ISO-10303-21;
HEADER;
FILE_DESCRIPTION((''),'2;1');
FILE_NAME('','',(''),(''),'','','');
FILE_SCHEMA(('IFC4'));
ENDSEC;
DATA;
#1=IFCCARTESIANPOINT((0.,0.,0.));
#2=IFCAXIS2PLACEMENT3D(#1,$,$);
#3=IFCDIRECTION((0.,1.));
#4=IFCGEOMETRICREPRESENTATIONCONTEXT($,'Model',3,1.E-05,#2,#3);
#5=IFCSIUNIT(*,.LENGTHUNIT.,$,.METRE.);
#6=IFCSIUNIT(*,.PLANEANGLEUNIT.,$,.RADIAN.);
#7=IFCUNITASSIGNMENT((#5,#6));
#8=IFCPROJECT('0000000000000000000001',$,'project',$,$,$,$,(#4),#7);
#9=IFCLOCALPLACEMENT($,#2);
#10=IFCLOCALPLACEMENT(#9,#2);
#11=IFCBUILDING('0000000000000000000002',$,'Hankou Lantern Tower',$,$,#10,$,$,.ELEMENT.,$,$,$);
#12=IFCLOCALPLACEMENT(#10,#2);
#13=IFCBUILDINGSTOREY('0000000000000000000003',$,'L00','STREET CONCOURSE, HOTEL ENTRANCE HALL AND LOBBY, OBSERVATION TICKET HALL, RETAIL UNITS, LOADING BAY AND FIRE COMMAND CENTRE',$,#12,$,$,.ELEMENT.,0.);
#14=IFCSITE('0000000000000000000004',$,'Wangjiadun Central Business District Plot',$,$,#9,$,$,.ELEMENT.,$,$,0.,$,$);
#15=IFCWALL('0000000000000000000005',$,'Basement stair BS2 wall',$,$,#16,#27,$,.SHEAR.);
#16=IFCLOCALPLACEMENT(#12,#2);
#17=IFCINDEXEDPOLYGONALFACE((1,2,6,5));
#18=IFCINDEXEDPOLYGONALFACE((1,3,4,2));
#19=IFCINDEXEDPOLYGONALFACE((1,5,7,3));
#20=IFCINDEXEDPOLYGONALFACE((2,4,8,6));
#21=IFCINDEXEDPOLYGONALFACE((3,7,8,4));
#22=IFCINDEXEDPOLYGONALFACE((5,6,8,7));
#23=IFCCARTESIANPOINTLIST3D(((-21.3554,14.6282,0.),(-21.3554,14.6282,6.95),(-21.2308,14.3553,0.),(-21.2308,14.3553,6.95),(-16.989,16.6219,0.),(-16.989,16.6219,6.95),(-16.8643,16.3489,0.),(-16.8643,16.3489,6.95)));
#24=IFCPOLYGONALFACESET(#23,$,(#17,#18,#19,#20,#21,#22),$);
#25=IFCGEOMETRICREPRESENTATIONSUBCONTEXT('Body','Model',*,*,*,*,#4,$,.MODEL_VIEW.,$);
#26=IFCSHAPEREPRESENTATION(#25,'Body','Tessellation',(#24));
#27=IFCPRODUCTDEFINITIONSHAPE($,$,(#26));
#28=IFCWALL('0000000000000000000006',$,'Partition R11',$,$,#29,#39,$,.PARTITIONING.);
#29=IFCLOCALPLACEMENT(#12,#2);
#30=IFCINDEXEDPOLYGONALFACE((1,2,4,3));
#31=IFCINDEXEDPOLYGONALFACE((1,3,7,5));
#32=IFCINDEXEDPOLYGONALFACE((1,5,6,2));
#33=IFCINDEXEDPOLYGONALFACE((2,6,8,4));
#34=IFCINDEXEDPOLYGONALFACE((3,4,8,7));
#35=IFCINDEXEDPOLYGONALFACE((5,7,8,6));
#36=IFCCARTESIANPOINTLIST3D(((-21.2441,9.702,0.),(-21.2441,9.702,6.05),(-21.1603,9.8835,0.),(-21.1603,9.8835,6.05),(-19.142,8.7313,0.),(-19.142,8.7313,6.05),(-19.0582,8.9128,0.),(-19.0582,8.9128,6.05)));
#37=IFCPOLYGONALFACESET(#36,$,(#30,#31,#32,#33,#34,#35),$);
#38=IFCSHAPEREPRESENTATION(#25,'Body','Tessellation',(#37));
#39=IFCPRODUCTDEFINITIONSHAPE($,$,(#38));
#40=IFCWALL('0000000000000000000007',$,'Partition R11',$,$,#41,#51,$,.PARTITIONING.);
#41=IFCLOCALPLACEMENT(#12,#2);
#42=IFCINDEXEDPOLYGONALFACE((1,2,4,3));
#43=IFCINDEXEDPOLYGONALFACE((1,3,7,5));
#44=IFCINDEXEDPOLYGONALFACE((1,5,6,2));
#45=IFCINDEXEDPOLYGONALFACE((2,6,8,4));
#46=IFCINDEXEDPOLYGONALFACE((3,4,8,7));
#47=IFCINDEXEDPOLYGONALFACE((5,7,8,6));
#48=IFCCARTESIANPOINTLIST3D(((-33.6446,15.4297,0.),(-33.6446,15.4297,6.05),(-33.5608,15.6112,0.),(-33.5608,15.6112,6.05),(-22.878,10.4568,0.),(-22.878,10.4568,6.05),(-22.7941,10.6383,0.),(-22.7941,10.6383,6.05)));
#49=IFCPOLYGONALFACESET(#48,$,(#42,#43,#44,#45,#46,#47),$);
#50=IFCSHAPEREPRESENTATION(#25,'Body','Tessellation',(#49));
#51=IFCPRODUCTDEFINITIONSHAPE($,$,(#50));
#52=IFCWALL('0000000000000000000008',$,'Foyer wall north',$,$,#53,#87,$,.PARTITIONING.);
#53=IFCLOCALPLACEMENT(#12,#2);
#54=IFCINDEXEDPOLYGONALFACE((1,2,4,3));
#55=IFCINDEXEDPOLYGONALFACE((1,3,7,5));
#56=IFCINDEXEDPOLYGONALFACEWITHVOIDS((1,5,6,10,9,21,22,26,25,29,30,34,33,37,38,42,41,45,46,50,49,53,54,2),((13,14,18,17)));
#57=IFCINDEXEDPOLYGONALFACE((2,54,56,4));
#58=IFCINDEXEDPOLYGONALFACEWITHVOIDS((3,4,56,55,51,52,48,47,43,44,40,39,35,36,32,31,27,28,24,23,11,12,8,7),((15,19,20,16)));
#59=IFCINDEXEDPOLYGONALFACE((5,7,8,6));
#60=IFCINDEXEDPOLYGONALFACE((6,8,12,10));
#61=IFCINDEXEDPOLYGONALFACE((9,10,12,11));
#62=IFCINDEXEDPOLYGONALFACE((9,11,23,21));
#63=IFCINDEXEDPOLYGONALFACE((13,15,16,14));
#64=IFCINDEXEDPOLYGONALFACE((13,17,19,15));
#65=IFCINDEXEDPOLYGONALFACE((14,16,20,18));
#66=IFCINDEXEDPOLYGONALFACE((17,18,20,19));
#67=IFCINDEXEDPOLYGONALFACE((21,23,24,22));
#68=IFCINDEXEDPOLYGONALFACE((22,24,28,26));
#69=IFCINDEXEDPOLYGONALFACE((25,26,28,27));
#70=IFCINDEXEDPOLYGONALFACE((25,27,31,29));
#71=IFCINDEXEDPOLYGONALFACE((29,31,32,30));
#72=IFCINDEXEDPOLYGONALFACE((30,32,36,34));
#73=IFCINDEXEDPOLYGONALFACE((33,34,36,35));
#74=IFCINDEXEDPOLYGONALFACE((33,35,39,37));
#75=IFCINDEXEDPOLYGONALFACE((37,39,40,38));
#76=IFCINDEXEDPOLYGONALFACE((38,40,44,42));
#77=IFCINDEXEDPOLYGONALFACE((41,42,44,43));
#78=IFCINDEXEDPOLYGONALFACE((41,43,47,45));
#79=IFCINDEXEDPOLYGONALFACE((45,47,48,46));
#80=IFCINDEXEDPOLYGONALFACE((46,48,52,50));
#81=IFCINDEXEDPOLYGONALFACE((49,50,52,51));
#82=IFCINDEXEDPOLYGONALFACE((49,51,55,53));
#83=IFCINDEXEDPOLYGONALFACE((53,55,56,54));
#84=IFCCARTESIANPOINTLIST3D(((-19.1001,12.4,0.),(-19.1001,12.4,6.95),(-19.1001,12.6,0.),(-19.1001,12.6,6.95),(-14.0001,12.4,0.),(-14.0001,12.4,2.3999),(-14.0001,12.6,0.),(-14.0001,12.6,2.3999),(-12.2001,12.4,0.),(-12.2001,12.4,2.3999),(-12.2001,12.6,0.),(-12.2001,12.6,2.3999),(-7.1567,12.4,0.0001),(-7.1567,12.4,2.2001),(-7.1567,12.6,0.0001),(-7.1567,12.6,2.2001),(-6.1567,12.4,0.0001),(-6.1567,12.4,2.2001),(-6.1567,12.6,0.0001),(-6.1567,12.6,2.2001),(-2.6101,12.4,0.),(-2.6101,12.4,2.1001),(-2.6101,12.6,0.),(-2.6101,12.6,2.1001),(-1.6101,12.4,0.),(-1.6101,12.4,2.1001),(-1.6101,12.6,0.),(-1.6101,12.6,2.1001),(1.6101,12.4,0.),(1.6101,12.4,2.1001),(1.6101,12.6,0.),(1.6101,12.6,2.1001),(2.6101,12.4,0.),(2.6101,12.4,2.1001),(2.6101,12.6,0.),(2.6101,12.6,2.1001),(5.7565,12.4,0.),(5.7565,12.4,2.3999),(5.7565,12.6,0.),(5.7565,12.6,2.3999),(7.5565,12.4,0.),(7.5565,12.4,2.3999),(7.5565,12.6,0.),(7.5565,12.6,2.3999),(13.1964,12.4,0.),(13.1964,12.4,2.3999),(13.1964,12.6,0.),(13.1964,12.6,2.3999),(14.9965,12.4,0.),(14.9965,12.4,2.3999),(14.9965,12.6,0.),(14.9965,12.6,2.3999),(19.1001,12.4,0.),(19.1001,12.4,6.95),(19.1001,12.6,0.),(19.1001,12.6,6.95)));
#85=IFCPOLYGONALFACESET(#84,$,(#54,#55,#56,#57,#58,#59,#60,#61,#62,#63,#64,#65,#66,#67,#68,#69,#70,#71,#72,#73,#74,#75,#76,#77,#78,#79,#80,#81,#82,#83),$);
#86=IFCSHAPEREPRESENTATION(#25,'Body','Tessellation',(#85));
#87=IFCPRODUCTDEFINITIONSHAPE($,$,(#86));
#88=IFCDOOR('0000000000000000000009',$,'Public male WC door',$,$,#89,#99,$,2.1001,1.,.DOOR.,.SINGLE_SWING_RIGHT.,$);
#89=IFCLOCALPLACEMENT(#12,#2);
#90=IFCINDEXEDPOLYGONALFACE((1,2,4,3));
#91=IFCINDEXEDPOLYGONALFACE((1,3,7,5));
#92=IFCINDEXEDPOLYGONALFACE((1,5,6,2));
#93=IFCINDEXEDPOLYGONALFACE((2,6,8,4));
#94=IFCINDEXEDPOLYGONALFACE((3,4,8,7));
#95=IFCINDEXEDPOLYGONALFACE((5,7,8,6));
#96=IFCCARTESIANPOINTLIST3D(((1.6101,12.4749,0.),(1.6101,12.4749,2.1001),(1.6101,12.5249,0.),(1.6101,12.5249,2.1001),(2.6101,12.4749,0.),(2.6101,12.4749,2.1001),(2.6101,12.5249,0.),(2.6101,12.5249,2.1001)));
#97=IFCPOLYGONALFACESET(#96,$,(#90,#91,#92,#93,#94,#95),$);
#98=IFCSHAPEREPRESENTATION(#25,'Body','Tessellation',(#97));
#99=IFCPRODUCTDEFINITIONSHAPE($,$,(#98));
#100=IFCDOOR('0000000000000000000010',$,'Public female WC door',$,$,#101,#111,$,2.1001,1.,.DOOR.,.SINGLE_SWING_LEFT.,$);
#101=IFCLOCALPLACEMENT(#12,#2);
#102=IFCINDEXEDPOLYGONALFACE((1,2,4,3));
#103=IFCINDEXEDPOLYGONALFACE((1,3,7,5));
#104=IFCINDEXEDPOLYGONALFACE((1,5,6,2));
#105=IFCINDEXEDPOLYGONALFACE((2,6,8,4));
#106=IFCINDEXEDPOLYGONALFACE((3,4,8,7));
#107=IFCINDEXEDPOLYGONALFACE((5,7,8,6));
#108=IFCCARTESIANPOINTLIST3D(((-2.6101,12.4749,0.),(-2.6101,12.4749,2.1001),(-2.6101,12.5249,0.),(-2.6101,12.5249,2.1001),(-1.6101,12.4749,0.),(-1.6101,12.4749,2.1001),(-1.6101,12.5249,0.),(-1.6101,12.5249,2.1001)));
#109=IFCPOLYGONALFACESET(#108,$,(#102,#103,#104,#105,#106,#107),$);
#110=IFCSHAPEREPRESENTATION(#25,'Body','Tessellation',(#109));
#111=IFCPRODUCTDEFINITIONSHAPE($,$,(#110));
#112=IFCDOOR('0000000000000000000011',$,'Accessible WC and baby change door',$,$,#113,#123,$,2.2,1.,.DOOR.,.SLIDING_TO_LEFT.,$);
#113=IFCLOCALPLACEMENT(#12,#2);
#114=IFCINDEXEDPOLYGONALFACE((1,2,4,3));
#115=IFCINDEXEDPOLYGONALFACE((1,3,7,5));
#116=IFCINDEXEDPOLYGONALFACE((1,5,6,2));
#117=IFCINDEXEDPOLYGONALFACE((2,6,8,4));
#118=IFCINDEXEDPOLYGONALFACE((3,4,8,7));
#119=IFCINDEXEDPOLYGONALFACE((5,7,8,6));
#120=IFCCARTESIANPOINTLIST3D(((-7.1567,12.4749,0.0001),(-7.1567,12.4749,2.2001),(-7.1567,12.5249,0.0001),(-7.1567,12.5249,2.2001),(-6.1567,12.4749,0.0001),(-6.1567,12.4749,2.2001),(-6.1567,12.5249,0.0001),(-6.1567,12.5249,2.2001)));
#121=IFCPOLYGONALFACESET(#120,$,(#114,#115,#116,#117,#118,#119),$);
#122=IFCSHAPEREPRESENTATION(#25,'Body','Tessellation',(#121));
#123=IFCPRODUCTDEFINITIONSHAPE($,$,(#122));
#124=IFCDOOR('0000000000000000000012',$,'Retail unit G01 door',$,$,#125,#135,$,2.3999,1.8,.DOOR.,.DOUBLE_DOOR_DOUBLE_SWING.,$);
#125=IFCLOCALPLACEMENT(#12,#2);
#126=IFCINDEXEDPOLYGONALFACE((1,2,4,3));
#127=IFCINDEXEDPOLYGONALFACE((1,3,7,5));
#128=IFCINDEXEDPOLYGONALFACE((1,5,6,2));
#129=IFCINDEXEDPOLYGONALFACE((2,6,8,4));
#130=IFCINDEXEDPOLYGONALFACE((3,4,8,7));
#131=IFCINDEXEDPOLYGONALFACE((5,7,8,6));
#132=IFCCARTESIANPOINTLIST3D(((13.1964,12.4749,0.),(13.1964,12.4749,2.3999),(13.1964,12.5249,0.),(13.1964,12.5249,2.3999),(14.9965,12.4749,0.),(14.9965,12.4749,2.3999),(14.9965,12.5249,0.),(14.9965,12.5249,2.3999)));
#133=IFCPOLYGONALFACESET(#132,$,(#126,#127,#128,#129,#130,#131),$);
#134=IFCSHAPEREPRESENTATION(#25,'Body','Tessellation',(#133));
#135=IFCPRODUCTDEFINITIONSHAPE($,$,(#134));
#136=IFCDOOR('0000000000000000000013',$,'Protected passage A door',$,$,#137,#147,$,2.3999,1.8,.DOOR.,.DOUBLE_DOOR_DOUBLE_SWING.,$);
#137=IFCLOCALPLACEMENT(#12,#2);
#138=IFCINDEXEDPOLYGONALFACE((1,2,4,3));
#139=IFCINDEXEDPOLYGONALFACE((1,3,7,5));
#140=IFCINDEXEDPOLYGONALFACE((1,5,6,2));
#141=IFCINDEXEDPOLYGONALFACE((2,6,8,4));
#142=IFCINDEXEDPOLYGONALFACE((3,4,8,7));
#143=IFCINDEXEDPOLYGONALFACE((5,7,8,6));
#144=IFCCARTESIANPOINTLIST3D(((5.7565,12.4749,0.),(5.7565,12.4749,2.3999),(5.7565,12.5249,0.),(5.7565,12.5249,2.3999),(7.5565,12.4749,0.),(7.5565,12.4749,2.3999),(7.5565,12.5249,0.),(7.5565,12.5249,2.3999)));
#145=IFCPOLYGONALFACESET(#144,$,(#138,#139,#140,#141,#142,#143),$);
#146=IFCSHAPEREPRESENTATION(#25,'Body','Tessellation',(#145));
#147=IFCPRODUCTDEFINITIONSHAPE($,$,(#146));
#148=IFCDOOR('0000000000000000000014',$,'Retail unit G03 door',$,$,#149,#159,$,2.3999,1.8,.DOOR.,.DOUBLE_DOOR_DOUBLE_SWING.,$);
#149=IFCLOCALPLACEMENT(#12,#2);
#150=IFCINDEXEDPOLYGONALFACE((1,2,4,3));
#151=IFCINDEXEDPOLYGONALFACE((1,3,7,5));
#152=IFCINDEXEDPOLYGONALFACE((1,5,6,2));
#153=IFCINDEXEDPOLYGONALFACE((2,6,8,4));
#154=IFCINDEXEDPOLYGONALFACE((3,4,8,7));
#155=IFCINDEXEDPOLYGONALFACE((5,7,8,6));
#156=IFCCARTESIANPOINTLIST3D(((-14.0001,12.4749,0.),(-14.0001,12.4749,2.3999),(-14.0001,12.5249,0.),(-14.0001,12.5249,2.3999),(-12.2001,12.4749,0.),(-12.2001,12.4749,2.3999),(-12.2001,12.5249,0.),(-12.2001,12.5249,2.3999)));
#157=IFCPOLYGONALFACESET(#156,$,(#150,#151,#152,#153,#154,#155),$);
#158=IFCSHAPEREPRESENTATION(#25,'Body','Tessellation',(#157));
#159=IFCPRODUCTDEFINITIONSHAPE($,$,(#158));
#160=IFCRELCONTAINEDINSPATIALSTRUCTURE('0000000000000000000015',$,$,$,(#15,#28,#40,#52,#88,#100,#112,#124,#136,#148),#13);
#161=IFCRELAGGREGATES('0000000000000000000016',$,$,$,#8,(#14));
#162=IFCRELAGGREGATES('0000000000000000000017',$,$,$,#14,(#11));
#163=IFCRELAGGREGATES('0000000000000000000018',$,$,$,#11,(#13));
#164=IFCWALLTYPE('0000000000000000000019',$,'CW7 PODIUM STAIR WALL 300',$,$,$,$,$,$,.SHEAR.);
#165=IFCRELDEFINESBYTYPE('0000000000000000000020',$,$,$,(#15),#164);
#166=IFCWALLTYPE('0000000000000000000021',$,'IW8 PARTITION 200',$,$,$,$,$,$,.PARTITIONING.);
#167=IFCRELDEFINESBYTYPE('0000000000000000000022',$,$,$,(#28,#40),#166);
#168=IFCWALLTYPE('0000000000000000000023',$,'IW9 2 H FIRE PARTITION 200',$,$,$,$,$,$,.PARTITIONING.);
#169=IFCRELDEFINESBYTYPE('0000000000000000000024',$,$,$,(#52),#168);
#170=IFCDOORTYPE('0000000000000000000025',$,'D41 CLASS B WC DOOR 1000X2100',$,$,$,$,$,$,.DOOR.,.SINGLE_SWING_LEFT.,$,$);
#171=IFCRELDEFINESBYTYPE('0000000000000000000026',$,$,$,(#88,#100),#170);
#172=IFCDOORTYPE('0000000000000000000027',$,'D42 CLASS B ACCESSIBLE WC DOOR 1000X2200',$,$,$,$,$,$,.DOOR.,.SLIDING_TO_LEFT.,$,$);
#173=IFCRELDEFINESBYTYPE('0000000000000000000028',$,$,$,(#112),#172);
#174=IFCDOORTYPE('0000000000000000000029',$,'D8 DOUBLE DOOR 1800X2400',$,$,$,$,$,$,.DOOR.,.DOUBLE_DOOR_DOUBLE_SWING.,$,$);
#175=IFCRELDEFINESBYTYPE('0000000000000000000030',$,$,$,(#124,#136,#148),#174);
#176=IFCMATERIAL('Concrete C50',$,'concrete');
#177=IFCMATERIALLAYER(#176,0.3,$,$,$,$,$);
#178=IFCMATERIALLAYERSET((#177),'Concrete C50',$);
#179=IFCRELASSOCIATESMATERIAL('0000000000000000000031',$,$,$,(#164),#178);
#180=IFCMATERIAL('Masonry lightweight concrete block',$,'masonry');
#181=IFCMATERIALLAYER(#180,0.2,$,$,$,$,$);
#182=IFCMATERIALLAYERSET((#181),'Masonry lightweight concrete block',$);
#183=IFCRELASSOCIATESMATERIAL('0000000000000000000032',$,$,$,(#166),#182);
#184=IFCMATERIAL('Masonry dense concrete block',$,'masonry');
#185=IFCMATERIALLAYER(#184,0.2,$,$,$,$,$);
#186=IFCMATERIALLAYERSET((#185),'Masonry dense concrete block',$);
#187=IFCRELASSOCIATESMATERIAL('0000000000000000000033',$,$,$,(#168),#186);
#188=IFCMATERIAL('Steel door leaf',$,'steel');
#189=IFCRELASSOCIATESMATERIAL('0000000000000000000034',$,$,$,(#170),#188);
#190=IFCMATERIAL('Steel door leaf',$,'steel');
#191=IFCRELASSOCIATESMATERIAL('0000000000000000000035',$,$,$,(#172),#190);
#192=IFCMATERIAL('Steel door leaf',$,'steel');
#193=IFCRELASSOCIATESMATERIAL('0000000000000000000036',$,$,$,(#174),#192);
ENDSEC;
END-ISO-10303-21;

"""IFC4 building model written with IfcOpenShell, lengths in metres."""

from ifc_helpers import new_model, si_unit, direction, frame, frame_2d, origin, place, context, subcontext, project, spatial, rectangle, extrude, material, layer, layer_set, type_object, element, fill, save


model = new_model("IFC4")

# Units and contexts
model_context = context("Model", 3, precision=1e-05, world=origin(), true_north=direction((0.0, 1.0)))
body_context = subcontext(model_context, "Body", "Model", "MODEL_VIEW")
ifc_project = project(units=[si_unit("LENGTHUNIT", "METRE"), si_unit("PLANEANGLEUNIT", "RADIAN")], contexts=[model_context])

# Site, building, storey
site_placement = place(None, origin())
site = spatial("IfcSite", under=ifc_project, at=site_placement, Name="Wangjiadun Central Business District Plot", CompositionType="ELEMENT", RefElevation=0.0)
building_placement = place(site_placement, origin())
building = spatial("IfcBuilding", under=site, at=building_placement, Name="Hankou Lantern Tower", CompositionType="ELEMENT")
storey_placement = place(building_placement, origin())
storey = spatial("IfcBuildingStorey", under=building, at=storey_placement, Name="L00", Description="STREET CONCOURSE, HOTEL ENTRANCE HALL AND LOBBY, OBSERVATION TICKET HALL, RETAIL UNITS, LOADING BAY AND FIRE COMMAND CENTRE", CompositionType="ELEMENT", Elevation=0.0)

# Walls
ifc_material_1 = material(Name="Concrete C50", Category="concrete")
ifc_layer_1 = layer(ifc_material_1, 0.3)
ifc_layer_set_1 = layer_set([ifc_layer_1], Name="Concrete C50")
wall_type_1 = type_object("IfcWallType", Name="CW7 PODIUM STAIR WALL 300", PredefinedType="SHEAR", material=ifc_layer_set_1)
wall_1_placement = place(storey_placement, frame((-16.9268, 16.4854, 0.0), z_axis=(0.0, 0.0, 1.0), x_axis=(-0.909667, -0.415339, 0.0)))
element("IfcWall", 1, at=wall_1_placement, inside=storey, type_object=wall_type_1, Name="Basement stair BS2 wall", PredefinedType="SHEAR", context=body_context, shape_type="SweptSolid", body=[
    extrude(rectangle(XDim=4.8, YDim=0.3, at=frame_2d((2.3999, 0.0))), origin(), (0.0, 0.0, 1.0), 6.95),
])
ifc_material_2 = material(Name="Masonry lightweight concrete block", Category="masonry")
ifc_layer_2 = layer(ifc_material_2, 0.2)
ifc_layer_set_2 = layer_set([ifc_layer_2], Name="Masonry lightweight concrete block")
wall_type_2 = type_object("IfcWallType", Name="IW8 PARTITION 200", PredefinedType="PARTITIONING", material=ifc_layer_set_2)
wall_2_placement = place(storey_placement, frame((-19.1001, 8.822, 0.0), z_axis=(0.0, 0.0, 1.0), x_axis=(-0.907873, 0.419245, 0.0)))
element("IfcWall", 2, at=wall_2_placement, inside=storey, type_object=wall_type_2, Name="Partition R11", PredefinedType="PARTITIONING", context=body_context, shape_type="SweptSolid", body=[
    extrude(rectangle(XDim=2.3154, YDim=0.2, at=frame_2d((1.1577, 0.0))), origin(), (0.0, 0.0, 1.0), 6.05),
])
wall_3_placement = place(storey_placement, frame((-22.8362, 10.5476, 0.0), z_axis=(0.0, 0.0, 1.0), x_axis=(-0.907841, 0.419315, 0.0)))
element("IfcWall", 3, at=wall_3_placement, inside=storey, type_object=wall_type_2, Name="Partition R11", PredefinedType="PARTITIONING", context=body_context, shape_type="SweptSolid", body=[
    extrude(rectangle(XDim=11.8596, YDim=0.2, at=frame_2d((5.9297, 0.0))), origin(), (0.0, 0.0, 1.0), 6.05),
])

# Wall, openings, doors
ifc_material_3 = material(Name="Masonry dense concrete block", Category="masonry")
ifc_layer_3 = layer(ifc_material_3, 0.2)
ifc_layer_set_3 = layer_set([ifc_layer_3], Name="Masonry dense concrete block")
wall_type_3 = type_object("IfcWallType", Name="IW9 2 H FIRE PARTITION 200", PredefinedType="PARTITIONING", material=ifc_layer_set_3)
wall_4_placement = place(storey_placement, frame((-19.1001, 12.5, 0.0), z_axis=(0.0, 0.0, 1.0), x_axis=(1.0, 0.0, 0.0)))
wall_4 = element("IfcWall", 4, at=wall_4_placement, inside=storey, type_object=wall_type_3, Name="Foyer wall north", PredefinedType="PARTITIONING", context=body_context, shape_type="SweptSolid", body=[
    extrude(rectangle(XDim=38.2002, YDim=0.2, at=frame_2d((19.1001, 0.0))), origin(), (0.0, 0.0, 1.0), 6.95),
])
opening_1_placement = place(wall_4_placement, frame((32.2966, 0.0, 0.0)))
opening_1 = element("IfcOpeningElement", 5, at=opening_1_placement, cuts=wall_4, PredefinedType="OPENING", context=body_context, shape_type="SweptSolid", body=[
    extrude(rectangle(XDim=1.8, YDim=2.3999, at=frame_2d((0.8999, 1.2))), frame((0.0, 0.1099, 0.0), z_axis=(0.0, -1.0, 0.0), x_axis=(1.0, 0.0, 0.0)), (0.0, 0.0, 1.0), 0.22),
])
opening_2_placement = place(wall_4_placement, frame((24.8567, 0.0, 0.0)))
opening_2 = element("IfcOpeningElement", 6, at=opening_2_placement, cuts=wall_4, PredefinedType="OPENING", context=body_context, shape_type="SweptSolid", body=[
    extrude(rectangle(XDim=1.8, YDim=2.3999, at=frame_2d((0.8999, 1.2))), frame((0.0, 0.1099, 0.0), z_axis=(0.0, -1.0, 0.0), x_axis=(1.0, 0.0, 0.0)), (0.0, 0.0, 1.0), 0.22),
])
opening_3_placement = place(wall_4_placement, frame((20.7102, 0.0, 0.0)))
opening_3 = element("IfcOpeningElement", 7, at=opening_3_placement, cuts=wall_4, PredefinedType="OPENING", context=body_context, shape_type="SweptSolid", body=[
    extrude(rectangle(XDim=1.0, YDim=2.1001, at=frame_2d((0.5, 1.05))), frame((0.0, 0.1099, 0.0), z_axis=(0.0, -1.0, 0.0), x_axis=(1.0, 0.0, 0.0)), (0.0, 0.0, 1.0), 0.22),
])
opening_4_placement = place(wall_4_placement, frame((16.49, 0.0, 0.0)))
opening_4 = element("IfcOpeningElement", 8, at=opening_4_placement, cuts=wall_4, PredefinedType="OPENING", context=body_context, shape_type="SweptSolid", body=[
    extrude(rectangle(XDim=1.0, YDim=2.1001, at=frame_2d((0.5, 1.05))), frame((0.0, 0.1099, 0.0), z_axis=(0.0, -1.0, 0.0), x_axis=(1.0, 0.0, 0.0)), (0.0, 0.0, 1.0), 0.22),
])
opening_5_placement = place(wall_4_placement, frame((11.9434, 0.0, 0.0)))
opening_5 = element("IfcOpeningElement", 9, at=opening_5_placement, cuts=wall_4, PredefinedType="OPENING", context=body_context, shape_type="SweptSolid", body=[
    extrude(rectangle(XDim=1.0, YDim=2.2, at=frame_2d((0.5, 1.1001))), frame((0.0, 0.1099, 0.0), z_axis=(0.0, -1.0, 0.0), x_axis=(1.0, 0.0, 0.0)), (0.0, 0.0, 1.0), 0.22),
])
opening_6_placement = place(wall_4_placement, frame((5.1001, 0.0, 0.0)))
opening_6 = element("IfcOpeningElement", 10, at=opening_6_placement, cuts=wall_4, PredefinedType="OPENING", context=body_context, shape_type="SweptSolid", body=[
    extrude(rectangle(XDim=1.8, YDim=2.3999, at=frame_2d((0.8999, 1.2))), frame((0.0, 0.1099, 0.0), z_axis=(0.0, -1.0, 0.0), x_axis=(1.0, 0.0, 0.0)), (0.0, 0.0, 1.0), 0.22),
])
ifc_material_4 = material(Name="Steel door leaf", Category="steel")
door_type_1 = type_object("IfcDoorType", Name="D41 CLASS B WC DOOR 1000X2100", OperationType="SINGLE_SWING_LEFT", PredefinedType="DOOR", material=ifc_material_4)
door_1_placement = place(opening_3_placement, origin())
door_1 = element("IfcDoor", 11, at=door_1_placement, inside=storey, type_object=door_type_1, Name="Public male WC door", OperationType="SINGLE_SWING_RIGHT", OverallHeight=2.1001, OverallWidth=1.0, PredefinedType="DOOR", context=body_context, shape_type="SweptSolid", body=[
    extrude(rectangle(XDim=1.0, YDim=2.1001, at=frame_2d((0.5, 1.05))), frame((0.0, 0.0249, 0.0), z_axis=(0.0, -1.0, 0.0), x_axis=(1.0, 0.0, 0.0)), (0.0, 0.0, 1.0), 0.05),
])
fill(opening_3, door_1)
door_2_placement = place(opening_4_placement, origin())
door_2 = element("IfcDoor", 12, at=door_2_placement, inside=storey, type_object=door_type_1, Name="Public female WC door", OperationType="SINGLE_SWING_LEFT", OverallHeight=2.1001, OverallWidth=1.0, PredefinedType="DOOR", context=body_context, shape_type="SweptSolid", body=[
    extrude(rectangle(XDim=1.0, YDim=2.1001, at=frame_2d((0.5, 1.05))), frame((0.0, 0.0249, 0.0), z_axis=(0.0, -1.0, 0.0), x_axis=(1.0, 0.0, 0.0)), (0.0, 0.0, 1.0), 0.05),
])
fill(opening_4, door_2)
ifc_material_5 = material(Name="Steel door leaf", Category="steel")
door_type_2 = type_object("IfcDoorType", Name="D42 CLASS B ACCESSIBLE WC DOOR 1000X2200", OperationType="SLIDING_TO_LEFT", PredefinedType="DOOR", material=ifc_material_5)
door_3_placement = place(opening_5_placement, origin())
door_3 = element("IfcDoor", 13, at=door_3_placement, inside=storey, type_object=door_type_2, Name="Accessible WC and baby change door", OperationType="SLIDING_TO_LEFT", OverallHeight=2.2, OverallWidth=1.0, PredefinedType="DOOR", context=body_context, shape_type="SweptSolid", body=[
    extrude(rectangle(XDim=1.0, YDim=2.2, at=frame_2d((0.5, 1.1001))), frame((0.0, 0.0249, 0.0), z_axis=(0.0, -1.0, 0.0), x_axis=(1.0, 0.0, 0.0)), (0.0, 0.0, 1.0), 0.05),
])
fill(opening_5, door_3)
ifc_material_6 = material(Name="Steel door leaf", Category="steel")
door_type_3 = type_object("IfcDoorType", Name="D8 DOUBLE DOOR 1800X2400", OperationType="DOUBLE_DOOR_DOUBLE_SWING", PredefinedType="DOOR", material=ifc_material_6)
door_4_placement = place(opening_1_placement, origin())
door_4 = element("IfcDoor", 14, at=door_4_placement, inside=storey, type_object=door_type_3, Name="Retail unit G01 door", OperationType="DOUBLE_DOOR_DOUBLE_SWING", OverallHeight=2.3999, OverallWidth=1.8, PredefinedType="DOOR", context=body_context, shape_type="SweptSolid", body=[
    extrude(rectangle(XDim=1.8, YDim=2.3999, at=frame_2d((0.8999, 1.2))), frame((0.0, 0.0249, 0.0), z_axis=(0.0, -1.0, 0.0), x_axis=(1.0, 0.0, 0.0)), (0.0, 0.0, 1.0), 0.05),
])
fill(opening_1, door_4)
door_5_placement = place(opening_2_placement, origin())
door_5 = element("IfcDoor", 15, at=door_5_placement, inside=storey, type_object=door_type_3, Name="Protected passage A door", OperationType="DOUBLE_DOOR_DOUBLE_SWING", OverallHeight=2.3999, OverallWidth=1.8, PredefinedType="DOOR", context=body_context, shape_type="SweptSolid", body=[
    extrude(rectangle(XDim=1.8, YDim=2.3999, at=frame_2d((0.8999, 1.2))), frame((0.0, 0.0249, 0.0), z_axis=(0.0, -1.0, 0.0), x_axis=(1.0, 0.0, 0.0)), (0.0, 0.0, 1.0), 0.05),
])
fill(opening_2, door_5)
door_6_placement = place(opening_6_placement, origin())
door_6 = element("IfcDoor", 16, at=door_6_placement, inside=storey, type_object=door_type_3, Name="Retail unit G03 door", OperationType="DOUBLE_DOOR_DOUBLE_SWING", OverallHeight=2.3999, OverallWidth=1.8, PredefinedType="DOOR", context=body_context, shape_type="SweptSolid", body=[
    extrude(rectangle(XDim=1.8, YDim=2.3999, at=frame_2d((0.8999, 1.2))), frame((0.0, 0.0249, 0.0), z_axis=(0.0, -1.0, 0.0), x_axis=(1.0, 0.0, 0.0)), (0.0, 0.0, 1.0), 0.05),
])
fill(opening_6, door_6)

save(model, "model.ifc")
